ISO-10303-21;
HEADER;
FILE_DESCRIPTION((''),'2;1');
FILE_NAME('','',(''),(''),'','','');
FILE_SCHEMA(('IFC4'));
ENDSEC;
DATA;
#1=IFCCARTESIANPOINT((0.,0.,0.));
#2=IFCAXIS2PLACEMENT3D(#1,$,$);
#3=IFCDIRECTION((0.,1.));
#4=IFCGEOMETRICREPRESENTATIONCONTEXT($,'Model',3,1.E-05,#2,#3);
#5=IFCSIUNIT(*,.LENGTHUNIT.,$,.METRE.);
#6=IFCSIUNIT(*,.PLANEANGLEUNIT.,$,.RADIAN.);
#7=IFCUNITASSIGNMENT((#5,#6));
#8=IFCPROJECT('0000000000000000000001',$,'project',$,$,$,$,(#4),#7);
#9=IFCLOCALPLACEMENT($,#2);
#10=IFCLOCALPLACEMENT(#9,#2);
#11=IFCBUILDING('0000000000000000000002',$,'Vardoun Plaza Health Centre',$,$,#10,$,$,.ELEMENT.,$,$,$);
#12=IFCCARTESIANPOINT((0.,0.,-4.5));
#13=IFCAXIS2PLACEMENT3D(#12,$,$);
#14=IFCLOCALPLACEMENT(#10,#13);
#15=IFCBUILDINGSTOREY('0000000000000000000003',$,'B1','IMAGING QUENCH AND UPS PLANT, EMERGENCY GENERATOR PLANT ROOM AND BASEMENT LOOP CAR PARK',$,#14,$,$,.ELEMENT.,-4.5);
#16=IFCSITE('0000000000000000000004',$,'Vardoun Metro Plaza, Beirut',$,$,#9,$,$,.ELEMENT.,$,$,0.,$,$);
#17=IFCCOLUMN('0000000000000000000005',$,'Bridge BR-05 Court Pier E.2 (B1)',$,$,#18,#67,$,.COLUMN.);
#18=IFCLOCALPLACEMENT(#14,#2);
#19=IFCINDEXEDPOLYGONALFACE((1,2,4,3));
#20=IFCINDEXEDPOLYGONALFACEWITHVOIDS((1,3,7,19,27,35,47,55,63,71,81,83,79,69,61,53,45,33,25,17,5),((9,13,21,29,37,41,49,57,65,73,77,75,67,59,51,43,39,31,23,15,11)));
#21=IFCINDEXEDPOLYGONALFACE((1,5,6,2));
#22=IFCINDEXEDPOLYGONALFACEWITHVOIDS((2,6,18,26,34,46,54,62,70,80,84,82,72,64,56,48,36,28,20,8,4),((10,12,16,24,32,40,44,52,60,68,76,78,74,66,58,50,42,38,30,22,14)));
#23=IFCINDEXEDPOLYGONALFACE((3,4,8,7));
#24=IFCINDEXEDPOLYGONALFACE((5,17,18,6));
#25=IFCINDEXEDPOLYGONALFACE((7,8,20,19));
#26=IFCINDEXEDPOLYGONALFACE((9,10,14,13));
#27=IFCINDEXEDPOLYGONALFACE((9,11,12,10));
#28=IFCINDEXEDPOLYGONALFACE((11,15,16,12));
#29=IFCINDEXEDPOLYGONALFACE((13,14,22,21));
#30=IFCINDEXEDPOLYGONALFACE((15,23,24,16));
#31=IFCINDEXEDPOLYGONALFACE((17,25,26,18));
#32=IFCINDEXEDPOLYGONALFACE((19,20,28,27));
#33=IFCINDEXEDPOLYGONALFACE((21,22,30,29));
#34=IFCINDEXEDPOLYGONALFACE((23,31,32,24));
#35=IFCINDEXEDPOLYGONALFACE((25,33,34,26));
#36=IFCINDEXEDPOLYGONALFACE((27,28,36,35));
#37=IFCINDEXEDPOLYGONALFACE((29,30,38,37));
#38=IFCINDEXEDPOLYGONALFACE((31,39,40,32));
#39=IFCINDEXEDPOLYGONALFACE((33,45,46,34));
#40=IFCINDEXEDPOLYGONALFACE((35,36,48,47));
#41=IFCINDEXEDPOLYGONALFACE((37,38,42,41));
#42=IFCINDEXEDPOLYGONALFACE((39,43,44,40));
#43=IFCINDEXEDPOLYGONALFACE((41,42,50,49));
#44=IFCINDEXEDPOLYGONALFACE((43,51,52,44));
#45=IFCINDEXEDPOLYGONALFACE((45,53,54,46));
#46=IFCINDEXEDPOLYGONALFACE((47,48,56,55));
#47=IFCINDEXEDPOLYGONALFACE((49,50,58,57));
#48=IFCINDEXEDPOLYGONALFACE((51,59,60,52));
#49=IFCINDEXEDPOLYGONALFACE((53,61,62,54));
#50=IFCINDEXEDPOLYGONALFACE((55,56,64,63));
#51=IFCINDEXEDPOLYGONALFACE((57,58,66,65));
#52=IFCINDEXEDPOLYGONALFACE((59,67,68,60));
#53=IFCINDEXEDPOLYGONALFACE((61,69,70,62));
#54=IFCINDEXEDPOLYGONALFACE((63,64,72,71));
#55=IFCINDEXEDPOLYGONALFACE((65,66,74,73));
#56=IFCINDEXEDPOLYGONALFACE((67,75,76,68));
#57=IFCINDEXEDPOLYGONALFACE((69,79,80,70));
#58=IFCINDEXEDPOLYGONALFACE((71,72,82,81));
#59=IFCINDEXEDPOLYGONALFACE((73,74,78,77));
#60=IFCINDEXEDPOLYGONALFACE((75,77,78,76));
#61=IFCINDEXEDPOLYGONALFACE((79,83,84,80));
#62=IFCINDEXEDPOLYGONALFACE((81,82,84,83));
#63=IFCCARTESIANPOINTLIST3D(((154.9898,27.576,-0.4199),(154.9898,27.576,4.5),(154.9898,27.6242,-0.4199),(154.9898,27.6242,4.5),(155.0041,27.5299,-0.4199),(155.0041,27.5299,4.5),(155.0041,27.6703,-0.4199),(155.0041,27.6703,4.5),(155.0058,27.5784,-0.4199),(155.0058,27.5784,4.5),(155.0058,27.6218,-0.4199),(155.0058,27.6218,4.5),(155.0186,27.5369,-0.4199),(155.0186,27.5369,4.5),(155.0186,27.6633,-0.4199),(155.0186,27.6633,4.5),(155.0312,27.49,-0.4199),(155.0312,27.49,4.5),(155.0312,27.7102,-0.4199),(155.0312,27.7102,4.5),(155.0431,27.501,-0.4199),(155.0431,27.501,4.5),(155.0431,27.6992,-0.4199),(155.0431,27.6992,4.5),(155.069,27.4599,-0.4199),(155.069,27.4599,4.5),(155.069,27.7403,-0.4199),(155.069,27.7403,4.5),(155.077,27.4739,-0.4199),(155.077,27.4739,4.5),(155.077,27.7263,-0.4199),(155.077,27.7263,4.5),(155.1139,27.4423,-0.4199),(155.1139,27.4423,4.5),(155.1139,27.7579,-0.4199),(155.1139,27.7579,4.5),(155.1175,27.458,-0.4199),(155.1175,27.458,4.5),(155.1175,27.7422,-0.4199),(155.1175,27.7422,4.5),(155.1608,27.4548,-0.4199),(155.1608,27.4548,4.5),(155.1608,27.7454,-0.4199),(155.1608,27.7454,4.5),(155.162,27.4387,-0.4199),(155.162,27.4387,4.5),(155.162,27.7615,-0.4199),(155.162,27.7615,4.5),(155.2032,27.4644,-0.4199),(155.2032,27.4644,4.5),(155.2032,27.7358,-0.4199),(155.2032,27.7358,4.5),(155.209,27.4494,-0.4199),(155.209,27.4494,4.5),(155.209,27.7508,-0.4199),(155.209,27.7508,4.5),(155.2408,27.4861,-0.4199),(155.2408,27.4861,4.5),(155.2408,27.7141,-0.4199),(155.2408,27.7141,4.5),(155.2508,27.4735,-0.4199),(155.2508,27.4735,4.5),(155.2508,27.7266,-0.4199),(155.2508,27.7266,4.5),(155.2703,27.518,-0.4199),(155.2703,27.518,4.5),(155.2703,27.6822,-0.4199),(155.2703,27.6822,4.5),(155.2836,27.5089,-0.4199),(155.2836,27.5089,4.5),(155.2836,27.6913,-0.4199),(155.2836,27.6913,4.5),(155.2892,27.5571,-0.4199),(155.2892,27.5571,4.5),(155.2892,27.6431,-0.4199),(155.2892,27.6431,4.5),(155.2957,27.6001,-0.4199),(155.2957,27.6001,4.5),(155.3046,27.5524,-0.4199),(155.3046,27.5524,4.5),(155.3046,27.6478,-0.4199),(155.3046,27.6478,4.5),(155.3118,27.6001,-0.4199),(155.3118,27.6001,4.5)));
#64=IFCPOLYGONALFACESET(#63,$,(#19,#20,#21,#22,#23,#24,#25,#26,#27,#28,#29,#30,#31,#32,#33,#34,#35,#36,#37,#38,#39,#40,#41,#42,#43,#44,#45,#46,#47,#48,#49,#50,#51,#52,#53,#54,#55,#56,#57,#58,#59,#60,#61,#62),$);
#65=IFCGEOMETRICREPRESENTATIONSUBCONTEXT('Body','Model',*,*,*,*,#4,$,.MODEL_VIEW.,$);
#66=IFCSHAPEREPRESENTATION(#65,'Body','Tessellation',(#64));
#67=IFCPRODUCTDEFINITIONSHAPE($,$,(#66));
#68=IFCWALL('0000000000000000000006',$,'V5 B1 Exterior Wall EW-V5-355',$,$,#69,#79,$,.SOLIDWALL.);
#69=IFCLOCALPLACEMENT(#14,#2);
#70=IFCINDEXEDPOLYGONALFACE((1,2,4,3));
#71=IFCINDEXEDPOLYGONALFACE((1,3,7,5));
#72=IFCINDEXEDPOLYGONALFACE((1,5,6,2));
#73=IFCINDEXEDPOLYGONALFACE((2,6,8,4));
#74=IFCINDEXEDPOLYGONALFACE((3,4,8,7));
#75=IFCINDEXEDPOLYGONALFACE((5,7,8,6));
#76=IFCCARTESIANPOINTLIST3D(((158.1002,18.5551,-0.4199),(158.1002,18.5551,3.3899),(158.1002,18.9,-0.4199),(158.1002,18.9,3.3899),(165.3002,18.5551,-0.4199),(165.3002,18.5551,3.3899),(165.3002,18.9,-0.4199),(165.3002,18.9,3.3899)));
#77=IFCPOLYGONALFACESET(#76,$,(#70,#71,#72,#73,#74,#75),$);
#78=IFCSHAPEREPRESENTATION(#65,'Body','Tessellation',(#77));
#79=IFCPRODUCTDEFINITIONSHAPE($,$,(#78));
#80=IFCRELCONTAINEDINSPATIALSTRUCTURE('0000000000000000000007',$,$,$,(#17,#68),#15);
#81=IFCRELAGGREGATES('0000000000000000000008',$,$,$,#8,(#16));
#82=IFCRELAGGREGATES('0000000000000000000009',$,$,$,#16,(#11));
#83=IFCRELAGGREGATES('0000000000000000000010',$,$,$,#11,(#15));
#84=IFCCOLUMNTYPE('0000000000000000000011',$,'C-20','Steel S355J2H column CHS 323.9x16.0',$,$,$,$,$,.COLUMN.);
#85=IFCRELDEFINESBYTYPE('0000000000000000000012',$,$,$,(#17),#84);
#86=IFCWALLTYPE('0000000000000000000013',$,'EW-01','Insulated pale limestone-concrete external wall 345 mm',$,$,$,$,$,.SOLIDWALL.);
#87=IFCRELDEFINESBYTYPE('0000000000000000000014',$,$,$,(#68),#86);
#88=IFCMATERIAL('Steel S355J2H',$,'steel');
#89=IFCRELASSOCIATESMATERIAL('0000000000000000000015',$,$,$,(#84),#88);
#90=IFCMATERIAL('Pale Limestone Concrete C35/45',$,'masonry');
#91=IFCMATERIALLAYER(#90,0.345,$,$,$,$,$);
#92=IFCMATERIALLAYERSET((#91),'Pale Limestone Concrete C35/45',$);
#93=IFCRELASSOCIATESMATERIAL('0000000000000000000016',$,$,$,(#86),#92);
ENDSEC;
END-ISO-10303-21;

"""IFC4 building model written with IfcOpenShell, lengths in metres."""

from ifc_helpers import new_model, si_unit, direction, frame, frame_2d, origin, origin_2d, place, context, subcontext, project, spatial, rectangle, hollow_circle, extrude, material, layer, layer_set, material_profile, profile_set, type_object, element, save


model = new_model("IFC4")

# Units and contexts
model_context = context("Model", 3, precision=1e-05, world=origin(), true_north=direction((0.0, 1.0)))
body_context = subcontext(model_context, "Body", "Model", "MODEL_VIEW")
ifc_project = project(units=[si_unit("LENGTHUNIT", "METRE"), si_unit("PLANEANGLEUNIT", "RADIAN")], contexts=[model_context])

# Site, building, storey
site_placement = place(None, origin())
site = spatial("IfcSite", under=ifc_project, at=site_placement, Name="Vardoun Metro Plaza, Beirut", CompositionType="ELEMENT", RefElevation=0.0)
building_placement = place(site_placement, origin())
building = spatial("IfcBuilding", under=site, at=building_placement, Name="Vardoun Plaza Health Centre", CompositionType="ELEMENT")
storey_placement = place(building_placement, frame((0.0, 0.0, -4.5)))
storey = spatial("IfcBuildingStorey", under=building, at=storey_placement, Name="B1", Description="IMAGING QUENCH AND UPS PLANT, EMERGENCY GENERATOR PLANT ROOM AND BASEMENT LOOP CAR PARK", CompositionType="ELEMENT", Elevation=-4.5)

# Column
ifc_material_1 = material(Name="Steel S355J2H", Category="steel")
ifc_material_profile_1 = material_profile(ifc_material_1, hollow_circle(Radius=0.1619, WallThickness=0.0161, at=origin_2d()), Name="CHS 323.9x16.0")
ifc_profile_set_1 = profile_set([ifc_material_profile_1], Name="Steel S355J2H")
column_type_1 = type_object("IfcColumnType", Name="C-20", Description="Steel S355J2H column CHS 323.9x16.0", PredefinedType="COLUMN", material=ifc_profile_set_1)
for number, where, z_axis, x_axis, name in (
    (1, (155.1499, 27.6001, -0.4199), (0.0, 0.0, 1.0), (1.0, 0.0, 0.0), "Bridge BR-05 Court Pier E.2 (B1)"),
):
    element("IfcColumn", number, at=place(storey_placement, frame(where, z_axis=z_axis, x_axis=x_axis)), inside=storey, type_object=column_type_1, Name=name, PredefinedType="COLUMN", context=body_context, shape_type="SweptSolid", body=[
        extrude(hollow_circle(Radius=0.1619, WallThickness=0.0161, at=origin_2d()), origin(), (0.0, 0.0, 1.0), 4.9199),
    ])

# Wall
ifc_material_2 = material(Name="Pale Limestone Concrete C35/45", Category="masonry")
ifc_layer = layer(ifc_material_2, 0.345)
ifc_layer_set = layer_set([ifc_layer], Name="Pale Limestone Concrete C35/45")
wall_type = type_object("IfcWallType", Name="EW-01", Description="Insulated pale limestone-concrete external wall 345 mm", PredefinedType="SOLIDWALL", material=ifc_layer_set)
wall_placement = place(storey_placement, frame((158.1001, 18.7275, -0.4199), z_axis=(0.0, 0.0, 1.0), x_axis=(1.0, 0.0, 0.0)))
element("IfcWall", 2, at=wall_placement, inside=storey, type_object=wall_type, Name="V5 B1 Exterior Wall EW-V5-355", PredefinedType="SOLIDWALL", context=body_context, shape_type="SweptSolid", body=[
    extrude(rectangle(XDim=7.2, YDim=0.345, at=frame_2d((3.6001, 0.0))), origin(), (0.0, 0.0, 1.0), 3.8098),
])

save(model, "model.ifc")
